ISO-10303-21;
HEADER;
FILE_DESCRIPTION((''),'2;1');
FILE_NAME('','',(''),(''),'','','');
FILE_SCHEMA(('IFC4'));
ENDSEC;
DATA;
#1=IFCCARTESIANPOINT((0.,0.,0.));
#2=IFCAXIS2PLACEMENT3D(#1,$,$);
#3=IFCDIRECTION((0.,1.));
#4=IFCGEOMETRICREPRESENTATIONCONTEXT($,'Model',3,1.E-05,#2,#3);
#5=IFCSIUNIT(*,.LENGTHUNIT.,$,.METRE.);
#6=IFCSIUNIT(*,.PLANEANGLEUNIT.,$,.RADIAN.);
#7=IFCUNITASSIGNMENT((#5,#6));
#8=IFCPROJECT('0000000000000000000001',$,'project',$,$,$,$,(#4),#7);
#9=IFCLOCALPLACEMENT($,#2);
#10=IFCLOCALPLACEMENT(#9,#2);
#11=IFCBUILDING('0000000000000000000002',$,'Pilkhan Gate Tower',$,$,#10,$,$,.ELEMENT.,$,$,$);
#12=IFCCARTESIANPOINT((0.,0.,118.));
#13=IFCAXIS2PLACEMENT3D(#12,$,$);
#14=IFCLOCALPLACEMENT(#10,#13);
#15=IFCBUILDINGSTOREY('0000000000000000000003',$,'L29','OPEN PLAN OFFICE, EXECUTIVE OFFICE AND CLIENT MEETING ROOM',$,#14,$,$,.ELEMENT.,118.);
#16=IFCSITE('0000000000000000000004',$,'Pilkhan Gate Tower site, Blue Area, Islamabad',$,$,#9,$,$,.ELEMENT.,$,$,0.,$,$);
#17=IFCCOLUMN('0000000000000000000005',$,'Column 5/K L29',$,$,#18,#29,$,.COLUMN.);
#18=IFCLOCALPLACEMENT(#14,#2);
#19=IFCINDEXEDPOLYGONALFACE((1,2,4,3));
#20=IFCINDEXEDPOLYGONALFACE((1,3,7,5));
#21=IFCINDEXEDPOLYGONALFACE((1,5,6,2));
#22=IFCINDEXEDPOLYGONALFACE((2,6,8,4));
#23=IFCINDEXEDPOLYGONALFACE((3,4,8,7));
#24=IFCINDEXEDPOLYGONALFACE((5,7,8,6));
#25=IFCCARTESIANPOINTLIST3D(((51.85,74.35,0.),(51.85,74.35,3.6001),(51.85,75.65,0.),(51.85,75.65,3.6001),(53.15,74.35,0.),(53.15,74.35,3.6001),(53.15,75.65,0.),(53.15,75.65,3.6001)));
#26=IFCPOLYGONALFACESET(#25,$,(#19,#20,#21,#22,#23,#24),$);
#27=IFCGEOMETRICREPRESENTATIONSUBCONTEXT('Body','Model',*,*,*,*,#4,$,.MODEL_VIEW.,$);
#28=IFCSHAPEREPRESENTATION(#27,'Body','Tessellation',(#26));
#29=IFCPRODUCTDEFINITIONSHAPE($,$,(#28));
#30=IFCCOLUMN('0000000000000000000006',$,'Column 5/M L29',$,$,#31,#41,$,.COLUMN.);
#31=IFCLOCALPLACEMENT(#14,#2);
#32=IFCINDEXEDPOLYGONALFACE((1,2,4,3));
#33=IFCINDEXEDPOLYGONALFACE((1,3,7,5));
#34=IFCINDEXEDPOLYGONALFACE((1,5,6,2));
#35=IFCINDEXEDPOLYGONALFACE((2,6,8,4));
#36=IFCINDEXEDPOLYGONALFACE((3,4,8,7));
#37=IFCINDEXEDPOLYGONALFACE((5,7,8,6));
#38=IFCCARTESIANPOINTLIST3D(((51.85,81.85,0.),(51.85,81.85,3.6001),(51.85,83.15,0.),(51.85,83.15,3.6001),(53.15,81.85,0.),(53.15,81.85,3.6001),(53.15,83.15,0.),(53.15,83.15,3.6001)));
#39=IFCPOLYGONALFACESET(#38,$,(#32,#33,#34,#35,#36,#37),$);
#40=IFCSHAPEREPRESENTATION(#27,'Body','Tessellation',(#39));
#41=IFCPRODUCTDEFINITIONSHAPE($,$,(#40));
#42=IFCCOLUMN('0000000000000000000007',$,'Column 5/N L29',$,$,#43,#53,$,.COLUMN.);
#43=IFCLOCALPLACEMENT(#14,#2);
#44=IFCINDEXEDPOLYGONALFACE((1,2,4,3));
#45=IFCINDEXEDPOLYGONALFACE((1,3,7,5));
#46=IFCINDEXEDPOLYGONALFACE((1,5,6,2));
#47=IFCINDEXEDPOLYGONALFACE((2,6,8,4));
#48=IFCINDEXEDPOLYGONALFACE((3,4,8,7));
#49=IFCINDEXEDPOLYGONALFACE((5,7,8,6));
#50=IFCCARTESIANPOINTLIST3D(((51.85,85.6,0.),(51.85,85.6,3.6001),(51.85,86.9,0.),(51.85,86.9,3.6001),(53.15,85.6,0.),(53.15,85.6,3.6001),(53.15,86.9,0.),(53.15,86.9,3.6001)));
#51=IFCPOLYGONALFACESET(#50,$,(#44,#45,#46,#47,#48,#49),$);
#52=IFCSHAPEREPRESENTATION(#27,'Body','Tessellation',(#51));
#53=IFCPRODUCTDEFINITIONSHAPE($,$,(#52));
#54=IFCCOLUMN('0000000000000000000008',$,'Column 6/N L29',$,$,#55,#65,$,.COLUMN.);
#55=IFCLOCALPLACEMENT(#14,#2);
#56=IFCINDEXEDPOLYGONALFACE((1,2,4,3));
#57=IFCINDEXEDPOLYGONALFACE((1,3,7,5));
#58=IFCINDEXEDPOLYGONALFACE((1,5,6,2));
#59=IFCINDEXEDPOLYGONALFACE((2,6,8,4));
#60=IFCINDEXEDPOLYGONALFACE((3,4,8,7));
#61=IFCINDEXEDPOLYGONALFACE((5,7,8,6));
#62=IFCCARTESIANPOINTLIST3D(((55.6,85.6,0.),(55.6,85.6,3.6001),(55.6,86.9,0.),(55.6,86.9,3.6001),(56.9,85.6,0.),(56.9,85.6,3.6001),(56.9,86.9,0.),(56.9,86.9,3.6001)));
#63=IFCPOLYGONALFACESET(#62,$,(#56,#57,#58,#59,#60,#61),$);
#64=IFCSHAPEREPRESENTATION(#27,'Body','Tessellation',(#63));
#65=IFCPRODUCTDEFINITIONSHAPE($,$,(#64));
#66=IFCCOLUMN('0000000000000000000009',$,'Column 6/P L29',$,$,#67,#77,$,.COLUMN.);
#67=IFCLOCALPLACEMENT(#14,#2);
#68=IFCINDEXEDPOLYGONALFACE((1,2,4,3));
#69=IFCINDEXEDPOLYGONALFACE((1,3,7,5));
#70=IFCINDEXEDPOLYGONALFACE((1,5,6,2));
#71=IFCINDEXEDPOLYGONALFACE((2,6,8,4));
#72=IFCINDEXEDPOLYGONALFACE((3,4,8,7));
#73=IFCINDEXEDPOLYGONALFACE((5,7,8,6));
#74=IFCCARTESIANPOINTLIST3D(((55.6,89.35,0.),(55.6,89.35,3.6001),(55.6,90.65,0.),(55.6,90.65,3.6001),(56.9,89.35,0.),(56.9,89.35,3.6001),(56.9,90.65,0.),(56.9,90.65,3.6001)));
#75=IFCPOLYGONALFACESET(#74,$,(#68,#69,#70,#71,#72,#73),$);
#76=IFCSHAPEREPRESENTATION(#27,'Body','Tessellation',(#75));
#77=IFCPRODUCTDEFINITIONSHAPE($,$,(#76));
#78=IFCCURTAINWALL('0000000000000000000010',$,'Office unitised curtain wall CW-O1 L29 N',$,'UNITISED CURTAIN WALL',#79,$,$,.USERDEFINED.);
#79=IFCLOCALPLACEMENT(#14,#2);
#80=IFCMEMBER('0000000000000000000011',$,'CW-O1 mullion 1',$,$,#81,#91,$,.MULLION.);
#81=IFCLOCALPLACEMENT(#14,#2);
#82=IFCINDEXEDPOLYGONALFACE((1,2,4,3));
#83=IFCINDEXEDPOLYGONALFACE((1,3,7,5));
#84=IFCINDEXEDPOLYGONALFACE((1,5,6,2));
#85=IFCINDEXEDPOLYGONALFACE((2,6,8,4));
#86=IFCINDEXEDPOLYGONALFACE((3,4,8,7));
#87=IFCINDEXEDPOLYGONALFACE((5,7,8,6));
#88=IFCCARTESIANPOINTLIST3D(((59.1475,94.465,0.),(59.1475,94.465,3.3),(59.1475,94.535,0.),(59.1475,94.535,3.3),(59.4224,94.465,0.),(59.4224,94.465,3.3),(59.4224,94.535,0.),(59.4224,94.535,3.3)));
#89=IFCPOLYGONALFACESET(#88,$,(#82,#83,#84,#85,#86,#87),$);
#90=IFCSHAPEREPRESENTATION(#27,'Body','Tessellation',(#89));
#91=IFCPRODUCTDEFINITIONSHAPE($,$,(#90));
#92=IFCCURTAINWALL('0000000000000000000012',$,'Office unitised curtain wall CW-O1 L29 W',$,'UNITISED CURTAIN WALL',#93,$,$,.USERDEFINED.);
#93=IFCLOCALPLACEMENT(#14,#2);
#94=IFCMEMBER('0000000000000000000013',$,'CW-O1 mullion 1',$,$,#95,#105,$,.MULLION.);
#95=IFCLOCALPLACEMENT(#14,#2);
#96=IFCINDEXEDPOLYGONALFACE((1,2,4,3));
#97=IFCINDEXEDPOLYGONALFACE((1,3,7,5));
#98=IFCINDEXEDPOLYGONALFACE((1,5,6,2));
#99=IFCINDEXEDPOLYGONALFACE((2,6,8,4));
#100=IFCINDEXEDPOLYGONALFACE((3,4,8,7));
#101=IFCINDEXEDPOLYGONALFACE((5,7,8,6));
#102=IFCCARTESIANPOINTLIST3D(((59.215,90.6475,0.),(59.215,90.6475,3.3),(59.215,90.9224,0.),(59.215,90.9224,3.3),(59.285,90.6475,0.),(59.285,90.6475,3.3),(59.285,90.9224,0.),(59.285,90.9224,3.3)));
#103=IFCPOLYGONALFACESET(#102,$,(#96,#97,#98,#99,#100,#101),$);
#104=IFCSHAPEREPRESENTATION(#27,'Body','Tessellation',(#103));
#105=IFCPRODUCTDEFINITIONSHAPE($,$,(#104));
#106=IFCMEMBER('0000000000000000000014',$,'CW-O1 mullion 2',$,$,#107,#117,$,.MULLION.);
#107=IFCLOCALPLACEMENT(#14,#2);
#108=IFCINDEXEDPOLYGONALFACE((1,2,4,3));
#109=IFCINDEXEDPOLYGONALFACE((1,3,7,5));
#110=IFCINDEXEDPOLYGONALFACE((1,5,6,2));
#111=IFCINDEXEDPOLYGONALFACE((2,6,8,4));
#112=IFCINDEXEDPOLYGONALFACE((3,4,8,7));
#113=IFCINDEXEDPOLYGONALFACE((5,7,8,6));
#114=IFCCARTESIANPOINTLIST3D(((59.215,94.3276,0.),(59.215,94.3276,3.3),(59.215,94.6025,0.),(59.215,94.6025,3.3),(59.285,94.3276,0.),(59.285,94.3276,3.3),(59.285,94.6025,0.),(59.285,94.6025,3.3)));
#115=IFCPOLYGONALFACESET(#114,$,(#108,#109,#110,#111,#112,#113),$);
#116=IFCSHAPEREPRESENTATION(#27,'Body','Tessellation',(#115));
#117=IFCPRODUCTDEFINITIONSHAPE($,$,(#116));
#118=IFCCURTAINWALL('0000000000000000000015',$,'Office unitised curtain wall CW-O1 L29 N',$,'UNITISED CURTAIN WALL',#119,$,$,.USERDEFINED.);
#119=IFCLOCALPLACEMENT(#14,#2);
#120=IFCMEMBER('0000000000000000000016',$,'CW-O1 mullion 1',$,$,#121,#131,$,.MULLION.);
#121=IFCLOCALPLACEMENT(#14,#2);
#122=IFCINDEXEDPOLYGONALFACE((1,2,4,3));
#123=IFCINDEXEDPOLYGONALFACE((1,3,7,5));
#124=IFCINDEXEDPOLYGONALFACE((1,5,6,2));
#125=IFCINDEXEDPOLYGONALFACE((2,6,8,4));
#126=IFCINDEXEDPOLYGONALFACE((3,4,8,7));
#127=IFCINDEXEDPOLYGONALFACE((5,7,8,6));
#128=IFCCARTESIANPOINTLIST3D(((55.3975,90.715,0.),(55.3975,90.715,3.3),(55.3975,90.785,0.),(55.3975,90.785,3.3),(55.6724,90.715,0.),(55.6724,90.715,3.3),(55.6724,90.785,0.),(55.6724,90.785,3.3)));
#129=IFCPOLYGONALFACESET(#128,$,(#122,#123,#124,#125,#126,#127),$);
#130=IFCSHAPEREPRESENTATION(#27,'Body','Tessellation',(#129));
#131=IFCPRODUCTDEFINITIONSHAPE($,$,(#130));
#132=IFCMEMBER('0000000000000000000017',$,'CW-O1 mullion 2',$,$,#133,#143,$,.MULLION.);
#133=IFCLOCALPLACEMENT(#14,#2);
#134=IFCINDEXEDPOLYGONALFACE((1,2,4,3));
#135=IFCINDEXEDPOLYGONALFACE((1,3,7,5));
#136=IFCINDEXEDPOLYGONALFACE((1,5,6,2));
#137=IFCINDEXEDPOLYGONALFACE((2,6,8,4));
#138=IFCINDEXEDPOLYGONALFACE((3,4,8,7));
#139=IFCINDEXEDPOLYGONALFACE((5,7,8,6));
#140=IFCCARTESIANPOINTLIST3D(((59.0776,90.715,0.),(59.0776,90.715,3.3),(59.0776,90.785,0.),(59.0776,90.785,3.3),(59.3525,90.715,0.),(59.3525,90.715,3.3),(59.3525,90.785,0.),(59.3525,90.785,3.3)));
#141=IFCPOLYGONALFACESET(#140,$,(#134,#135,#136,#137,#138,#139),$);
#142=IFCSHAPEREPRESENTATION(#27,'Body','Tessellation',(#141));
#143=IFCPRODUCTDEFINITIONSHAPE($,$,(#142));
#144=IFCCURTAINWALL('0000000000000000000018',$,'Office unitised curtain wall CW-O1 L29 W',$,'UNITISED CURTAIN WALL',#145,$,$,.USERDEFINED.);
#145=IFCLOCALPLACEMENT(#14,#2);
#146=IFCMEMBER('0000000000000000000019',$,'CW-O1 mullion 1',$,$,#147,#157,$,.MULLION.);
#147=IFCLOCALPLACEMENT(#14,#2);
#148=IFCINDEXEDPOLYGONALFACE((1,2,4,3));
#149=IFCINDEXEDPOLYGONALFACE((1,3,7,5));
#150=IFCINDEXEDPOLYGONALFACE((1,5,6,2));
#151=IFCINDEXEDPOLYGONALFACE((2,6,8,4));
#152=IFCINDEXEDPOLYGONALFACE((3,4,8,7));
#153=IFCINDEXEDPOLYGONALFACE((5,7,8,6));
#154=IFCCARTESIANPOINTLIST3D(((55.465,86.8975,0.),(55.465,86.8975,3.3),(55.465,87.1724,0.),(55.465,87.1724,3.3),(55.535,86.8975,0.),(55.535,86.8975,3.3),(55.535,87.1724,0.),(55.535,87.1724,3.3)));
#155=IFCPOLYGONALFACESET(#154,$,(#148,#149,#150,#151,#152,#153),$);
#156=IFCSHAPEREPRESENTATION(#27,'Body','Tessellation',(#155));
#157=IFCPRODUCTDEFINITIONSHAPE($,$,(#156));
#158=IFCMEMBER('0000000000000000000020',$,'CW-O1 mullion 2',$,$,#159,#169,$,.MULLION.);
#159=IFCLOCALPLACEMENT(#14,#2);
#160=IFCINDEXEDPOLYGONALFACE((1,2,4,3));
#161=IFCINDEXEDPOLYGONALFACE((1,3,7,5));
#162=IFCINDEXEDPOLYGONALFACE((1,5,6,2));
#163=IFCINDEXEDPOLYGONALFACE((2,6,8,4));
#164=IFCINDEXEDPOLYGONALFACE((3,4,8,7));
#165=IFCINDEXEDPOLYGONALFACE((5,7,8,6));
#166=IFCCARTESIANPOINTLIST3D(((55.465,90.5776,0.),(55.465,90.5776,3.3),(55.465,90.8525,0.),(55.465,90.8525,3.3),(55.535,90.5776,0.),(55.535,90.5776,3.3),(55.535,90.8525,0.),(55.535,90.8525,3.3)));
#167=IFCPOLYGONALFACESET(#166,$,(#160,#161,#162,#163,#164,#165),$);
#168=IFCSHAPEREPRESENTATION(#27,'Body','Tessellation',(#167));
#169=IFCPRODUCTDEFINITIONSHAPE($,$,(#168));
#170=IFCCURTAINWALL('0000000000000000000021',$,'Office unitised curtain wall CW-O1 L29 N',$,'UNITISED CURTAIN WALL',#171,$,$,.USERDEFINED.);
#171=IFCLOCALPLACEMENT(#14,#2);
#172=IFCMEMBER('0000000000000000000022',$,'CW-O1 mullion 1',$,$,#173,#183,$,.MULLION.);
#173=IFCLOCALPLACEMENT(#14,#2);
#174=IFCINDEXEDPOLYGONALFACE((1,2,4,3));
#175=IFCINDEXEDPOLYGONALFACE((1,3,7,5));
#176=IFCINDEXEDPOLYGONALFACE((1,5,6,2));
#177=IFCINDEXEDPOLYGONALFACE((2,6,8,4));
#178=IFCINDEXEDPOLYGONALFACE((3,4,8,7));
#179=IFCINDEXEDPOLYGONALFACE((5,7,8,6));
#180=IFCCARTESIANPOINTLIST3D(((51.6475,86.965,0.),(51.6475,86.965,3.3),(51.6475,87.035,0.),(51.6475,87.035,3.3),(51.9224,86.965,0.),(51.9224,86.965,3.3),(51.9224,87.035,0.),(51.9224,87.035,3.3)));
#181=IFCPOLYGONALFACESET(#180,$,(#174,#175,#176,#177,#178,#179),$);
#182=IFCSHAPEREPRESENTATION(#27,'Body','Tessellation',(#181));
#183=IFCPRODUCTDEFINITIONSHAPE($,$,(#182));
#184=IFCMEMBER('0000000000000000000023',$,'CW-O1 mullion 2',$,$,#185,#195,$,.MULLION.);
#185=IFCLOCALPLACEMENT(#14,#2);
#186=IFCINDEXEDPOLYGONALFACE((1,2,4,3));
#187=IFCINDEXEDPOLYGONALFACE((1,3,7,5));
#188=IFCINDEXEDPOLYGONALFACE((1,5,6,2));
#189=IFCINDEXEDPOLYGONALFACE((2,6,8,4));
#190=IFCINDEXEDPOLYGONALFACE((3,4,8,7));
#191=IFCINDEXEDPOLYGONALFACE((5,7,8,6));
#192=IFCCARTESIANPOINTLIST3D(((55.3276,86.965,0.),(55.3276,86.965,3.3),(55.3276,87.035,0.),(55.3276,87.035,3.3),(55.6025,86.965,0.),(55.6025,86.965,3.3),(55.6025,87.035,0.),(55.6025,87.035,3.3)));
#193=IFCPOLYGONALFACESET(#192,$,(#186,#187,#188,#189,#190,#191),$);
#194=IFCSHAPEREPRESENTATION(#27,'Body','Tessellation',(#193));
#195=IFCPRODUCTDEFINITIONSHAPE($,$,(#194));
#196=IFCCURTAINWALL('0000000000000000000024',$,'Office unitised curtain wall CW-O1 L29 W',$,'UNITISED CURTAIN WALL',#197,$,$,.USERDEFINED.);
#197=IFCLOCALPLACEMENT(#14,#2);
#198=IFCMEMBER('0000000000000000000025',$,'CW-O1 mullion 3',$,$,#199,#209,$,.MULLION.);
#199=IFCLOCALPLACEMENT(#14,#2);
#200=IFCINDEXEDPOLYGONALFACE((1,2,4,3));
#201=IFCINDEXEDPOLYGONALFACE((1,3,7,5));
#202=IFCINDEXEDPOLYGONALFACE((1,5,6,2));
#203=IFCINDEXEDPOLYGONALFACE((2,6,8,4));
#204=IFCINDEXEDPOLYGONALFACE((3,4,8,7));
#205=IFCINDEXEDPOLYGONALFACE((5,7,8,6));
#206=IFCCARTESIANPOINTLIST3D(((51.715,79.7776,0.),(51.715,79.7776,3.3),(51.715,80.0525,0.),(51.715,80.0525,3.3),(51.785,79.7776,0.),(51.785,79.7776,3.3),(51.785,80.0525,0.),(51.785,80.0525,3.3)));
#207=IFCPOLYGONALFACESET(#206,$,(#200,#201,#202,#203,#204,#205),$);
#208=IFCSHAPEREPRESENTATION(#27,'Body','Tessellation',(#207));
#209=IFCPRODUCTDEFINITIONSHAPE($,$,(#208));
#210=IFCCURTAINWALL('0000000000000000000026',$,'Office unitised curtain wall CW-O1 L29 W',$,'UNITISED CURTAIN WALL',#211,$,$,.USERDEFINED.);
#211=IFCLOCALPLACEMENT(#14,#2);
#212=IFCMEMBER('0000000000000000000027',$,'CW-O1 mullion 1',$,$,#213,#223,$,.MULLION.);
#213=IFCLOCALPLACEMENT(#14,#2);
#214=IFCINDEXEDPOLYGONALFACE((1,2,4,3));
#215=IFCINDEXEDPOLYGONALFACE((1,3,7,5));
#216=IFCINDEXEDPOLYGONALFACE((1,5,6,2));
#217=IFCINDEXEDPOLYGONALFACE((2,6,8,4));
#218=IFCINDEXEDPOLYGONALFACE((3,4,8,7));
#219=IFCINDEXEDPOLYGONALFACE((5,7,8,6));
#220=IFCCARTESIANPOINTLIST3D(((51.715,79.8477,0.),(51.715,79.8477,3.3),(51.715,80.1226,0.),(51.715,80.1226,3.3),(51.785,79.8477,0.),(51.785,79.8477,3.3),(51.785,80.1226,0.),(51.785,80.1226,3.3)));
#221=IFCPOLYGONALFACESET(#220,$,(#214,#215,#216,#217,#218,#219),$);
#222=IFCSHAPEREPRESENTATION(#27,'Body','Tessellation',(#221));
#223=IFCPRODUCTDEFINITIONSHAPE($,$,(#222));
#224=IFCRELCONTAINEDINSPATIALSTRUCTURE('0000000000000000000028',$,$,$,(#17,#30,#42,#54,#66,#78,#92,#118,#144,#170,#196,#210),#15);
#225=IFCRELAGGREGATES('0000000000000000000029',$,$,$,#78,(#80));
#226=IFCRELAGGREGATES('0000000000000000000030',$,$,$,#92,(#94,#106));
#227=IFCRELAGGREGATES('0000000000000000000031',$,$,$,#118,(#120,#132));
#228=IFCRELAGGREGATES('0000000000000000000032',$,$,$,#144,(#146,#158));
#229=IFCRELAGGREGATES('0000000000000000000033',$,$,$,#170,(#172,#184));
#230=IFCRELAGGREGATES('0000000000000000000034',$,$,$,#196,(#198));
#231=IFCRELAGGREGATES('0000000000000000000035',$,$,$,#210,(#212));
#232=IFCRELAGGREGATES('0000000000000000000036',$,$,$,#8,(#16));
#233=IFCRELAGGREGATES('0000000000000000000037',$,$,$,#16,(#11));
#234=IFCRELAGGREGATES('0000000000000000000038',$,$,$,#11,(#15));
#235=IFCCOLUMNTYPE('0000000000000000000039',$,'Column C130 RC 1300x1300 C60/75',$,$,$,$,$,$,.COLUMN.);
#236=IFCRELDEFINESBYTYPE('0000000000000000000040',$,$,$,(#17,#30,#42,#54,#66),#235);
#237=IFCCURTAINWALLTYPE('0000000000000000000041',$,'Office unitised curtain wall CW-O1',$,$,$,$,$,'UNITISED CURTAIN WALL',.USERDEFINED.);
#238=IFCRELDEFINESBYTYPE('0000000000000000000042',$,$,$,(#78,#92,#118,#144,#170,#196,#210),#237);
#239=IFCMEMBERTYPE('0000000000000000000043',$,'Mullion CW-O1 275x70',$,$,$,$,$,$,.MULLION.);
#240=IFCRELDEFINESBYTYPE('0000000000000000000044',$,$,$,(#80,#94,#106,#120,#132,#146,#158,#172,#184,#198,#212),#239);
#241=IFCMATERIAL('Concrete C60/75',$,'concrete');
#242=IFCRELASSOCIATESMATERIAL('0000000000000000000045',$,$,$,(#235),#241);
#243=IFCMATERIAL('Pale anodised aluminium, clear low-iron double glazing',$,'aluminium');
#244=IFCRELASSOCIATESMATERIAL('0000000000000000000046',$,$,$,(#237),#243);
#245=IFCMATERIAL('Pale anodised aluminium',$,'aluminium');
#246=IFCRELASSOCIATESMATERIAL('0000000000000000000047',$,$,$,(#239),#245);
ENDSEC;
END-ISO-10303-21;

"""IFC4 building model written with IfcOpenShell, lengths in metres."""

from ifc_helpers import new_model, si_unit, direction, frame, origin, origin_2d, place, context, subcontext, project, spatial, rectangle, extrude, material, material_profile, profile_set, type_object, element, aggregate, save


model = new_model("IFC4")

# Units and contexts
model_context = context("Model", 3, precision=1e-05, world=origin(), true_north=direction((0.0, 1.0)))
body_context = subcontext(model_context, "Body", "Model", "MODEL_VIEW")
ifc_project = project(units=[si_unit("LENGTHUNIT", "METRE"), si_unit("PLANEANGLEUNIT", "RADIAN")], contexts=[model_context])

# Site, building, storey
site_placement = place(None, origin())
site = spatial("IfcSite", under=ifc_project, at=site_placement, Name="Pilkhan Gate Tower site, Blue Area, Islamabad", CompositionType="ELEMENT", RefElevation=0.0)
building_placement = place(site_placement, origin())
building = spatial("IfcBuilding", under=site, at=building_placement, Name="Pilkhan Gate Tower", CompositionType="ELEMENT")
storey_placement = place(building_placement, frame((0.0, 0.0, 118.0)))
storey = spatial("IfcBuildingStorey", under=building, at=storey_placement, Name="L29", Description="OPEN PLAN OFFICE, EXECUTIVE OFFICE AND CLIENT MEETING ROOM", CompositionType="ELEMENT", Elevation=118.0)

# Columns
ifc_material_1 = material(Name="Concrete C60/75", Category="concrete")
ifc_material_profile_1 = material_profile(ifc_material_1, rectangle(XDim=1.3, YDim=1.3, at=origin_2d()), Name="RC 1300x1300")
ifc_profile_set_1 = profile_set([ifc_material_profile_1], Name="Concrete C60/75")
column_type = type_object("IfcColumnType", Name="Column C130 RC 1300x1300 C60/75", PredefinedType="COLUMN", material=ifc_profile_set_1)
for number, where, z_axis, x_axis, name in (
    (1, (52.5, 75.0, 0.0), (0.0, 0.0, 1.0), (1.0, 0.0, 0.0), "Column 5/K L29"),
    (2, (52.5, 82.5, 0.0), (0.0, 0.0, 1.0), (1.0, 0.0, 0.0), "Column 5/M L29"),
    (3, (52.5, 86.25, 0.0), (0.0, 0.0, 1.0), (1.0, 0.0, 0.0), "Column 5/N L29"),
    (4, (56.25, 86.25, 0.0), (0.0, 0.0, 1.0), (1.0, 0.0, 0.0), "Column 6/N L29"),
    (5, (56.25, 90.0, 0.0), (0.0, 0.0, 1.0), (1.0, 0.0, 0.0), "Column 6/P L29"),
):
    element("IfcColumn", number, at=place(storey_placement, frame(where, z_axis=z_axis, x_axis=x_axis)), inside=storey, type_object=column_type, Name=name, PredefinedType="COLUMN", context=body_context, shape_type="SweptSolid", body=[
        extrude(rectangle(XDim=1.3, YDim=1.3, at=origin_2d()), origin(), (0.0, 0.0, 1.0), 3.6001),
    ])

# Curtain wall, member
ifc_material_2 = material(Name="Pale anodised aluminium, clear low-iron double glazing", Category="aluminium")
curtain_wall_type = type_object("IfcCurtainWallType", Name="Office unitised curtain wall CW-O1", ElementType="UNITISED CURTAIN WALL", PredefinedType="USERDEFINED", material=ifc_material_2)
curtain_wall_1_placement = place(storey_placement, origin())
curtain_wall_1 = element("IfcCurtainWall", 6, at=curtain_wall_1_placement, inside=storey, type_object=curtain_wall_type, Name="Office unitised curtain wall CW-O1 L29 N", ObjectType="UNITISED CURTAIN WALL", PredefinedType="USERDEFINED")
ifc_material_3 = material(Name="Pale anodised aluminium", Category="aluminium")
ifc_material_profile_2 = material_profile(ifc_material_3, rectangle(XDim=0.0701, YDim=0.2749, at=origin_2d()), Name="Mullion 275x70")
ifc_profile_set_2 = profile_set([ifc_material_profile_2], Name="Pale anodised aluminium")
member_type_1 = type_object("IfcMemberType", Name="Mullion CW-O1 275x70", PredefinedType="MULLION", material=ifc_profile_set_2)
member_1_placement = place(storey_placement, frame((59.2849, 94.5, 0.0), z_axis=(0.0, 0.0, 1.0), x_axis=(0.0, 1.0, 0.0)))
member_1 = element("IfcMember", 7, at=member_1_placement, type_object=member_type_1, Name="CW-O1 mullion 1", PredefinedType="MULLION", context=body_context, shape_type="SweptSolid", body=[
    extrude(rectangle(XDim=0.0701, YDim=0.2749, at=origin_2d()), origin(), (0.0, 0.0, 1.0), 3.3),
])

# Curtain walls, members
curtain_wall_2_placement = place(storey_placement, origin())
curtain_wall_2 = element("IfcCurtainWall", 8, at=curtain_wall_2_placement, inside=storey, type_object=curtain_wall_type, Name="Office unitised curtain wall CW-O1 L29 W", ObjectType="UNITISED CURTAIN WALL", PredefinedType="USERDEFINED")
member_2_placement = place(storey_placement, frame((59.25, 90.7849, 0.0), z_axis=(0.0, 0.0, 1.0), x_axis=(-1.0, 0.0, 0.0)))
member_2 = element("IfcMember", 9, at=member_2_placement, type_object=member_type_1, Name="CW-O1 mullion 1", PredefinedType="MULLION", context=body_context, shape_type="SweptSolid", body=[
    extrude(rectangle(XDim=0.0701, YDim=0.2749, at=origin_2d()), origin(), (0.0, 0.0, 1.0), 3.3),
])
member_3_placement = place(storey_placement, frame((59.25, 94.4651, 0.0), z_axis=(0.0, 0.0, 1.0), x_axis=(-1.0, 0.0, 0.0)))
member_3 = element("IfcMember", 10, at=member_3_placement, type_object=member_type_1, Name="CW-O1 mullion 2", PredefinedType="MULLION", context=body_context, shape_type="SweptSolid", body=[
    extrude(rectangle(XDim=0.0701, YDim=0.2749, at=origin_2d()), origin(), (0.0, 0.0, 1.0), 3.3),
])
curtain_wall_3_placement = place(storey_placement, origin())
curtain_wall_3 = element("IfcCurtainWall", 11, at=curtain_wall_3_placement, inside=storey, type_object=curtain_wall_type, Name="Office unitised curtain wall CW-O1 L29 N", ObjectType="UNITISED CURTAIN WALL", PredefinedType="USERDEFINED")
member_4_placement = place(storey_placement, frame((55.5349, 90.75, 0.0), z_axis=(0.0, 0.0, 1.0), x_axis=(0.0, 1.0, 0.0)))
member_4 = element("IfcMember", 12, at=member_4_placement, type_object=member_type_1, Name="CW-O1 mullion 1", PredefinedType="MULLION", context=body_context, shape_type="SweptSolid", body=[
    extrude(rectangle(XDim=0.0701, YDim=0.2749, at=origin_2d()), origin(), (0.0, 0.0, 1.0), 3.3),
])
member_5_placement = place(storey_placement, frame((59.2151, 90.75, 0.0), z_axis=(0.0, 0.0, 1.0), x_axis=(0.0, 1.0, 0.0)))
member_5 = element("IfcMember", 13, at=member_5_placement, type_object=member_type_1, Name="CW-O1 mullion 2", PredefinedType="MULLION", context=body_context, shape_type="SweptSolid", body=[
    extrude(rectangle(XDim=0.0701, YDim=0.2749, at=origin_2d()), origin(), (0.0, 0.0, 1.0), 3.3),
])
curtain_wall_4_placement = place(storey_placement, origin())
curtain_wall_4 = element("IfcCurtainWall", 14, at=curtain_wall_4_placement, inside=storey, type_object=curtain_wall_type, Name="Office unitised curtain wall CW-O1 L29 W", ObjectType="UNITISED CURTAIN WALL", PredefinedType="USERDEFINED")
member_6_placement = place(storey_placement, frame((55.5, 87.0349, 0.0), z_axis=(0.0, 0.0, 1.0), x_axis=(-1.0, 0.0, 0.0)))
member_6 = element("IfcMember", 15, at=member_6_placement, type_object=member_type_1, Name="CW-O1 mullion 1", PredefinedType="MULLION", context=body_context, shape_type="SweptSolid", body=[
    extrude(rectangle(XDim=0.0701, YDim=0.2749, at=origin_2d()), origin(), (0.0, 0.0, 1.0), 3.3),
])
member_7_placement = place(storey_placement, frame((55.5, 90.7151, 0.0), z_axis=(0.0, 0.0, 1.0), x_axis=(-1.0, 0.0, 0.0)))
member_7 = element("IfcMember", 16, at=member_7_placement, type_object=member_type_1, Name="CW-O1 mullion 2", PredefinedType="MULLION", context=body_context, shape_type="SweptSolid", body=[
    extrude(rectangle(XDim=0.0701, YDim=0.2749, at=origin_2d()), origin(), (0.0, 0.0, 1.0), 3.3),
])
curtain_wall_5_placement = place(storey_placement, origin())
curtain_wall_5 = element("IfcCurtainWall", 17, at=curtain_wall_5_placement, inside=storey, type_object=curtain_wall_type, Name="Office unitised curtain wall CW-O1 L29 N", ObjectType="UNITISED CURTAIN WALL", PredefinedType="USERDEFINED")
member_8_placement = place(storey_placement, frame((51.7849, 87.0, 0.0), z_axis=(0.0, 0.0, 1.0), x_axis=(0.0, 1.0, 0.0)))
member_8 = element("IfcMember", 18, at=member_8_placement, type_object=member_type_1, Name="CW-O1 mullion 1", PredefinedType="MULLION", context=body_context, shape_type="SweptSolid", body=[
    extrude(rectangle(XDim=0.0701, YDim=0.2749, at=origin_2d()), origin(), (0.0, 0.0, 1.0), 3.3),
])
member_9_placement = place(storey_placement, frame((55.4651, 87.0, 0.0), z_axis=(0.0, 0.0, 1.0), x_axis=(0.0, 1.0, 0.0)))
member_9 = element("IfcMember", 19, at=member_9_placement, type_object=member_type_1, Name="CW-O1 mullion 2", PredefinedType="MULLION", context=body_context, shape_type="SweptSolid", body=[
    extrude(rectangle(XDim=0.0701, YDim=0.2749, at=origin_2d()), origin(), (0.0, 0.0, 1.0), 3.3),
])

# Curtain wall, member
curtain_wall_6_placement = place(storey_placement, origin())
curtain_wall_6 = element("IfcCurtainWall", 20, at=curtain_wall_6_placement, inside=storey, type_object=curtain_wall_type, Name="Office unitised curtain wall CW-O1 L29 W", ObjectType="UNITISED CURTAIN WALL", PredefinedType="USERDEFINED")
member_10_placement = place(storey_placement, frame((51.75, 79.915, 0.0), z_axis=(0.0, 0.0, 1.0), x_axis=(-1.0, 0.0, 0.0)))
member_10 = element("IfcMember", 21, at=member_10_placement, type_object=member_type_1, Name="CW-O1 mullion 3", PredefinedType="MULLION", context=body_context, shape_type="SweptSolid", body=[
    extrude(rectangle(XDim=0.0701, YDim=0.2749, at=origin_2d()), origin(), (0.0, 0.0, 1.0), 3.3),
])

# Curtain wall, member
curtain_wall_7_placement = place(storey_placement, origin())
curtain_wall_7 = element("IfcCurtainWall", 22, at=curtain_wall_7_placement, inside=storey, type_object=curtain_wall_type, Name="Office unitised curtain wall CW-O1 L29 W", ObjectType="UNITISED CURTAIN WALL", PredefinedType="USERDEFINED")
member_11_placement = place(storey_placement, frame((51.75, 79.9851, 0.0), z_axis=(0.0, 0.0, 1.0), x_axis=(-1.0, 0.0, 0.0)))
member_11 = element("IfcMember", 23, at=member_11_placement, type_object=member_type_1, Name="CW-O1 mullion 1", PredefinedType="MULLION", context=body_context, shape_type="SweptSolid", body=[
    extrude(rectangle(XDim=0.0701, YDim=0.2749, at=origin_2d()), origin(), (0.0, 0.0, 1.0), 3.3),
])

aggregate(curtain_wall_1, [member_1])

aggregate(curtain_wall_2, [member_2, member_3])
aggregate(curtain_wall_3, [member_4, member_5])
aggregate(curtain_wall_4, [member_6, member_7])
aggregate(curtain_wall_5, [member_8, member_9])
aggregate(curtain_wall_6, [member_10])
aggregate(curtain_wall_7, [member_11])

save(model, "model.ifc")
